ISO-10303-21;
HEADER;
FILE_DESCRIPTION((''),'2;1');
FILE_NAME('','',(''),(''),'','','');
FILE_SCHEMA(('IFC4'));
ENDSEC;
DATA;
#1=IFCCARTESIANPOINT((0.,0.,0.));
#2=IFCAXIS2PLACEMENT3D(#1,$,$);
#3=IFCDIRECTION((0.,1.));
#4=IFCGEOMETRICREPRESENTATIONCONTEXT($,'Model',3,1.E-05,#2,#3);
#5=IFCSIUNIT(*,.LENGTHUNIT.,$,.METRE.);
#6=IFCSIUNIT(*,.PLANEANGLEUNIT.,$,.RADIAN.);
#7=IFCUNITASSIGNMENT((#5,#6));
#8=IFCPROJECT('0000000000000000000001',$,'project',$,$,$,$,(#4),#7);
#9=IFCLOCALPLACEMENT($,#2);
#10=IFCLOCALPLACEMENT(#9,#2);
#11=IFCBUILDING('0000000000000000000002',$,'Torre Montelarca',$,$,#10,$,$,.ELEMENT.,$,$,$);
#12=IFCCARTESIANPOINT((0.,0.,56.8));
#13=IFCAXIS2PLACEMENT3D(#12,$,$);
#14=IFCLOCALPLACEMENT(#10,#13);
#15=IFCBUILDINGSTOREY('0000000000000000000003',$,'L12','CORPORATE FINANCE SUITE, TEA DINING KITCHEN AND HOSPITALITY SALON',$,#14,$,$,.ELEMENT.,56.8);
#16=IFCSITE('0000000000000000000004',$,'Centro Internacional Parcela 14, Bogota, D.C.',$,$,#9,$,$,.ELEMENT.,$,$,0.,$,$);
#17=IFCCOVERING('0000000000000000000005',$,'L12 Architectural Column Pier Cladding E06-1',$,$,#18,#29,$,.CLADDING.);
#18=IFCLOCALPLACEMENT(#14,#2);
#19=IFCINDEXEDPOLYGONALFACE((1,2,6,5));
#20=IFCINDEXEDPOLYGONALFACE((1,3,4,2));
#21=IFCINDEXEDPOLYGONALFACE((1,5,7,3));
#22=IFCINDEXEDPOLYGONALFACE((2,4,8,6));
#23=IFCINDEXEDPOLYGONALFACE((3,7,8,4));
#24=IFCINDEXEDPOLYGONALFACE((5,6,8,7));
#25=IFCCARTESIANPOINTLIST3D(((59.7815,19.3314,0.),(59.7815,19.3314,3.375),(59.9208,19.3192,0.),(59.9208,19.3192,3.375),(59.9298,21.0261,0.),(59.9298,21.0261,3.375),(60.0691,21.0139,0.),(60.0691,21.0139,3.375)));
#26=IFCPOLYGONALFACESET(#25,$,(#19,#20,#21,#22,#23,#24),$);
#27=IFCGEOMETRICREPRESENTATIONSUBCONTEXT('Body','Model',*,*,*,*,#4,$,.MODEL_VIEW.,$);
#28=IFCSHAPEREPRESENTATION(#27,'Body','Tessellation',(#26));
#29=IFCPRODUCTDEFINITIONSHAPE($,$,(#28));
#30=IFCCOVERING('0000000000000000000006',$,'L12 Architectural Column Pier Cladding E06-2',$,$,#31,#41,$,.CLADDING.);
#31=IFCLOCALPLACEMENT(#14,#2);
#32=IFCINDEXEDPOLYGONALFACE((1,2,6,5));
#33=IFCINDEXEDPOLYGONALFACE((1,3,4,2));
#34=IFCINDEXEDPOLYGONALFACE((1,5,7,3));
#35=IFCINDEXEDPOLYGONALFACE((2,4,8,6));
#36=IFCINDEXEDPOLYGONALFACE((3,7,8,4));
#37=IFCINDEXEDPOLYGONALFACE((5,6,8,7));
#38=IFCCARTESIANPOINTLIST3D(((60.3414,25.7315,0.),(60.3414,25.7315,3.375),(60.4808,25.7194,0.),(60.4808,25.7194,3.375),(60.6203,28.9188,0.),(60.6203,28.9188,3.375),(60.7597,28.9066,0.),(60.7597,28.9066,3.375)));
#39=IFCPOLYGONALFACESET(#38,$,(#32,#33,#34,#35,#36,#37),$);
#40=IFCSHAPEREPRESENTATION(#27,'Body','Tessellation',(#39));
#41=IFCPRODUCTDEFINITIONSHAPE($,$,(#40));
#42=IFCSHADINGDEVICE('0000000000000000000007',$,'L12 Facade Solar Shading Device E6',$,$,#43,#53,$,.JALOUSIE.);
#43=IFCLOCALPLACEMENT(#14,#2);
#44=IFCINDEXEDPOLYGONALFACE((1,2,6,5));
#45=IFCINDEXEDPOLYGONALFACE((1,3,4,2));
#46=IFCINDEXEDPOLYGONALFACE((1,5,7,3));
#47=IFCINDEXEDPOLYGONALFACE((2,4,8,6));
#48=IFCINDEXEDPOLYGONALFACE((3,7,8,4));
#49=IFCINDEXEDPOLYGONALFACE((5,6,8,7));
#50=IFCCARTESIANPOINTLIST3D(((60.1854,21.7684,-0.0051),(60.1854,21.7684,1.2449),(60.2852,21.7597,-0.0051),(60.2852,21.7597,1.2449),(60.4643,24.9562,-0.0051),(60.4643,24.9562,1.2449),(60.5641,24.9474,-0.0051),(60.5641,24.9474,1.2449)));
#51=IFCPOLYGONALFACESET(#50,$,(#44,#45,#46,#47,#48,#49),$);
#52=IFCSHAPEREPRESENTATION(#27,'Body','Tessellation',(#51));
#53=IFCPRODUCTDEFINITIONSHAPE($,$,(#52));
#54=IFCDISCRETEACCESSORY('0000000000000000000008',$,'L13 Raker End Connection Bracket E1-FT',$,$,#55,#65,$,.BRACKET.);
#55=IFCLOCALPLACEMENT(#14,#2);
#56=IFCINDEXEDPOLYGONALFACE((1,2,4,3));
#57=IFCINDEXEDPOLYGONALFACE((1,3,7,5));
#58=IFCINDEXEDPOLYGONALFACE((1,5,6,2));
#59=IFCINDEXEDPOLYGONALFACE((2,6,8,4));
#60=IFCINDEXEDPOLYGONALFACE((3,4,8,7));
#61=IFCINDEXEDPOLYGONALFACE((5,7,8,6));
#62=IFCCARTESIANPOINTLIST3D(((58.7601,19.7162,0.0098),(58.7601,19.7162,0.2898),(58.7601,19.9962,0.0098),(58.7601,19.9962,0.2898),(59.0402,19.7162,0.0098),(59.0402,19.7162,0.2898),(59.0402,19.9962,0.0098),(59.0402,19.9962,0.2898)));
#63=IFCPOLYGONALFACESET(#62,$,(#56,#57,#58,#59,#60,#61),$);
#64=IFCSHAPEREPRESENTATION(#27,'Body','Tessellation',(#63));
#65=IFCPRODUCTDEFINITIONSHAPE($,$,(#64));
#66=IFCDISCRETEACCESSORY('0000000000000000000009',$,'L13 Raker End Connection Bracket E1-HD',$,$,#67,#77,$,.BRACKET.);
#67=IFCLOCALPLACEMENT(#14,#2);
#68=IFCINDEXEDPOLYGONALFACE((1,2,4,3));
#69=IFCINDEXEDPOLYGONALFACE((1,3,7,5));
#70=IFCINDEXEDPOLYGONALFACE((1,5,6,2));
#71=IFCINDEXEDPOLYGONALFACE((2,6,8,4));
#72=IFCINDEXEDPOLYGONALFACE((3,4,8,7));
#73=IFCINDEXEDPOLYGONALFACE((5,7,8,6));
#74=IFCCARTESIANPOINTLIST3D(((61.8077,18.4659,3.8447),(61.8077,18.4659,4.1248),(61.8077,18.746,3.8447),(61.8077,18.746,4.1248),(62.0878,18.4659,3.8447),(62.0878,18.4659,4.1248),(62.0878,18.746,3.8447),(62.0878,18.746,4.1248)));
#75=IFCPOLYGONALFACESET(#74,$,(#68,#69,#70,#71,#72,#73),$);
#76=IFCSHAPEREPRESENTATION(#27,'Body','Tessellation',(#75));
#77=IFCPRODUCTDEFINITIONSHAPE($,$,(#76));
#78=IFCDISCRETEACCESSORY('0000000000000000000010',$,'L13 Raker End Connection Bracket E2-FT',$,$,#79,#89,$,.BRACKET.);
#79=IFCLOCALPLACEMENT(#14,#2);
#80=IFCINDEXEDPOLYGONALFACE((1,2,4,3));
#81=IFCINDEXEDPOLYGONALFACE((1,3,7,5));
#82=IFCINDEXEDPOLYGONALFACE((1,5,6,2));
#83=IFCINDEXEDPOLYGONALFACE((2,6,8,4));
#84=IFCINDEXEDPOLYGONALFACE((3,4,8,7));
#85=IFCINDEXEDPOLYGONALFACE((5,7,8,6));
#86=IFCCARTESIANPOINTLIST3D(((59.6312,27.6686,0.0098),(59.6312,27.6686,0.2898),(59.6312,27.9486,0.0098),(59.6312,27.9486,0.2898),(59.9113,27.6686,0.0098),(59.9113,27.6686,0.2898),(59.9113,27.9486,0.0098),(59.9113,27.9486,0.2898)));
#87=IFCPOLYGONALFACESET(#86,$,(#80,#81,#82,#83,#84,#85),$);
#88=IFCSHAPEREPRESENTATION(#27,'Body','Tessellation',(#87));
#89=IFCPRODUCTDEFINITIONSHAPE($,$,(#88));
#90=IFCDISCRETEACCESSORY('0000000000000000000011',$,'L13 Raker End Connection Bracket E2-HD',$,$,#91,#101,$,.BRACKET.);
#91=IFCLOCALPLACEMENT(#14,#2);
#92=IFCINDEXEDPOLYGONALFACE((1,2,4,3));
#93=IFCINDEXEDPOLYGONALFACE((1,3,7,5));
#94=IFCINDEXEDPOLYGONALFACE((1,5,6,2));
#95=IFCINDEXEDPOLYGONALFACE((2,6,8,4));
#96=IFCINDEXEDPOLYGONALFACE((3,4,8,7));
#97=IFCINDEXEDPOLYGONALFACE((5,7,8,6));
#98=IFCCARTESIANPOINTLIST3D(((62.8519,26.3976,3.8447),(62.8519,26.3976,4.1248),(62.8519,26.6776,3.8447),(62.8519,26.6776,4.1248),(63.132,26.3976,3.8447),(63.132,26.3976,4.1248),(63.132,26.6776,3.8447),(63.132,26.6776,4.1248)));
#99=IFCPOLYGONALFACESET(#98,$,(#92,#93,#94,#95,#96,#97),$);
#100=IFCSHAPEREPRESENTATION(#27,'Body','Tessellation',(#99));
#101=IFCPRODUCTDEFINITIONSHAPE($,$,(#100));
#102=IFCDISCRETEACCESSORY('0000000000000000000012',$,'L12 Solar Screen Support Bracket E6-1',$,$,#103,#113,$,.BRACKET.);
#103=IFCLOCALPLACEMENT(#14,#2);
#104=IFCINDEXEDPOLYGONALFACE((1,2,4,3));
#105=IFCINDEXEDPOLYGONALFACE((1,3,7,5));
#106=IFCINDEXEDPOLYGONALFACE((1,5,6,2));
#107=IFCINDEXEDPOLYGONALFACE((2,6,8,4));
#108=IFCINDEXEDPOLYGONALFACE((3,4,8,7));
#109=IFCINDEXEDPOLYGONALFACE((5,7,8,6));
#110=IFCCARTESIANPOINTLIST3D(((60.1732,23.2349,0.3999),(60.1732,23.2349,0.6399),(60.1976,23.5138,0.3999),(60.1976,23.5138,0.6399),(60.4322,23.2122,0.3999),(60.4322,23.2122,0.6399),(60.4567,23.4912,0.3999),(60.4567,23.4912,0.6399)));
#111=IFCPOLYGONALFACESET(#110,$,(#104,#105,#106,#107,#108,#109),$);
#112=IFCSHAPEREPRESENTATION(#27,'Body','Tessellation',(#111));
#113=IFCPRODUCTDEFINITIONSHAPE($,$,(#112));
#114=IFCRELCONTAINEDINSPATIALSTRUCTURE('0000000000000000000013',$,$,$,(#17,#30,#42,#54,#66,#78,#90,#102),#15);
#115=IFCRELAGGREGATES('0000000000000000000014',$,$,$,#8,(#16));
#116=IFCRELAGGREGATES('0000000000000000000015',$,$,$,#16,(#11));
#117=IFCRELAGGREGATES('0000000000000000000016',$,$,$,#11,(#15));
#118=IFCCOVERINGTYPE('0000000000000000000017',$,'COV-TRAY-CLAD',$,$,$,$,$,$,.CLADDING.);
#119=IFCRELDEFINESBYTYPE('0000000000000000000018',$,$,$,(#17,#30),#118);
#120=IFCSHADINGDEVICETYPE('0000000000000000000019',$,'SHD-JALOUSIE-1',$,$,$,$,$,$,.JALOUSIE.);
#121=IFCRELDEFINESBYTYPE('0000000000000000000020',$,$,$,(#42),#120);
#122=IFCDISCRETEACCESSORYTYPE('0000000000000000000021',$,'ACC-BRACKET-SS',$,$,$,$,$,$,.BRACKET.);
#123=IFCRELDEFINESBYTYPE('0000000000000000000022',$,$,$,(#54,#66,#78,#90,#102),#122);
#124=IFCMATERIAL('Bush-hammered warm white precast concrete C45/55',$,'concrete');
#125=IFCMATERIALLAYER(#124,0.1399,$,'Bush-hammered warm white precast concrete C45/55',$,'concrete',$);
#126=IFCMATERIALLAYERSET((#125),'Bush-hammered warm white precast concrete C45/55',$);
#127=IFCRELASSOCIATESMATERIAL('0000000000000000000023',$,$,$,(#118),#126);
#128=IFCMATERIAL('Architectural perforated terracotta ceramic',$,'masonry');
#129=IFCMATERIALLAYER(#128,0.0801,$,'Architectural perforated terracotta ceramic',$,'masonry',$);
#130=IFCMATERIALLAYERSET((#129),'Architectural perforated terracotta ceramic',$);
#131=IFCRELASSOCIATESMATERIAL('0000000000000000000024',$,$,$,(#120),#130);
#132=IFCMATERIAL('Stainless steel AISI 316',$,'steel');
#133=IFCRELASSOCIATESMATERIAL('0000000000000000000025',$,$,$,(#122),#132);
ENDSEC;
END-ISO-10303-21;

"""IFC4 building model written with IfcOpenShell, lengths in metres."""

from ifc_helpers import new_model, si_unit, direction, frame, origin, origin_2d, place, context, subcontext, project, spatial, rectangle, extrude, source, transform, mapped, material, layer, layer_set, type_object, element, save


model = new_model("IFC4")

# Units and contexts
model_context = context("Model", 3, precision=1e-05, world=origin(), true_north=direction((0.0, 1.0)))
body_context = subcontext(model_context, "Body", "Model", "MODEL_VIEW")
ifc_project = project(units=[si_unit("LENGTHUNIT", "METRE"), si_unit("PLANEANGLEUNIT", "RADIAN")], contexts=[model_context])

# Site, building, storey
site_placement = place(None, origin())
site = spatial("IfcSite", under=ifc_project, at=site_placement, Name="Centro Internacional Parcela 14, Bogota, D.C.", CompositionType="ELEMENT", RefElevation=0.0)
building_placement = place(site_placement, origin())
building = spatial("IfcBuilding", under=site, at=building_placement, Name="Torre Montelarca", CompositionType="ELEMENT")
storey_placement = place(building_placement, frame((0.0, 0.0, 56.8)))
storey = spatial("IfcBuildingStorey", under=building, at=storey_placement, Name="L12", Description="CORPORATE FINANCE SUITE, TEA DINING KITCHEN AND HOSPITALITY SALON", CompositionType="ELEMENT", Elevation=56.8)

# Shared definitions
ifc_material_1 = material(Name="Architectural perforated terracotta ceramic", Category="masonry")

# Coverings
ifc_material_2 = material(Name="Bush-hammered warm white precast concrete C45/55", Category="concrete")
ifc_layer_1 = layer(ifc_material_2, 0.1399, Name="Bush-hammered warm white precast concrete C45/55", Category="concrete")
ifc_layer_set_1 = layer_set([ifc_layer_1], Name="Bush-hammered warm white precast concrete C45/55")
covering_type = type_object("IfcCoveringType", Name="COV-TRAY-CLAD", PredefinedType="CLADDING", material=ifc_layer_set_1)
shared_shape_1 = source(origin(), body_context, "Body", "SweptSolid", [
    extrude(rectangle(XDim=1.7012, YDim=0.1399, at=origin_2d()), origin(), (0.0, 0.0, 1.0), 3.375),
])
covering_1_placement = place(storey_placement, frame((59.9253, 20.1726, 0.0), z_axis=(0.0, 0.0, 1.0), x_axis=(0.087161, 0.996194, 0.0)))
element("IfcCovering", 1, at=covering_1_placement, inside=storey, type_object=covering_type, Name="L12 Architectural Column Pier Cladding E06-1", PredefinedType="CLADDING", context=body_context, shape_type="MappedRepresentation", body=[
    mapped(shared_shape_1, transform((0.0, 0.0, 0.0), scale=1.0)),
])
shared_shape_2 = source(origin(), body_context, "Body", "SweptSolid", [
    extrude(rectangle(XDim=3.1995, YDim=0.1399, at=origin_2d()), origin(), (0.0, 0.0, 1.0), 3.375),
])
covering_2_placement = place(storey_placement, frame((60.5505, 27.3191, 0.0), z_axis=(0.0, 0.0, 1.0), x_axis=(0.087161, 0.996194, 0.0)))
element("IfcCovering", 2, at=covering_2_placement, inside=storey, type_object=covering_type, Name="L12 Architectural Column Pier Cladding E06-2", PredefinedType="CLADDING", context=body_context, shape_type="MappedRepresentation", body=[
    mapped(shared_shape_2, transform((0.0, 0.0, 0.0), scale=1.0)),
])

# Shading device
ifc_layer_2 = layer(ifc_material_1, 0.0801, Name="Architectural perforated terracotta ceramic", Category="masonry")
ifc_layer_set_2 = layer_set([ifc_layer_2], Name="Architectural perforated terracotta ceramic")
shading_device_type = type_object("IfcShadingDeviceType", Name="SHD-JALOUSIE-1", PredefinedType="JALOUSIE", material=ifc_layer_set_2)
shared_shape_3 = source(origin(), body_context, "Body", "SweptSolid", [
    extrude(rectangle(XDim=3.2, YDim=0.1001, at=origin_2d()), origin(), (0.0, 0.0, 1.0), 1.25),
])
shading_device_placement = place(storey_placement, frame((60.3748, 23.3579, -0.0051), z_axis=(0.0, 0.0, 1.0), x_axis=(0.087157, 0.996195, 0.0)))
element("IfcShadingDevice", 3, at=shading_device_placement, inside=storey, type_object=shading_device_type, Name="L12 Facade Solar Shading Device E6", PredefinedType="JALOUSIE", context=body_context, shape_type="MappedRepresentation", body=[
    mapped(shared_shape_3, transform((0.0, 0.0, 0.0), scale=1.0)),
])

# Discrete accessories
ifc_material_3 = material(Name="Stainless steel AISI 316", Category="steel")
discrete_accessory_type = type_object("IfcDiscreteAccessoryType", Name="ACC-BRACKET-SS", PredefinedType="BRACKET", material=ifc_material_3)
shared_shape_4 = source(origin(), body_context, "Body", "SweptSolid", [
    extrude(rectangle(XDim=0.28, YDim=0.28, at=origin_2d()), origin(), (0.0, 0.0, 1.0), 0.28),
])
for number, where, z_axis, x_axis, name in (
    (4, (58.9001, 19.8562, 0.0098), (0.0, 0.0, 1.0), (1.0, 0.0, 0.0), "L13 Raker End Connection Bracket E1-FT"),
    (5, (61.9478, 18.606, 3.8447), (0.0, 0.0, 1.0), (1.0, 0.0, 0.0), "L13 Raker End Connection Bracket E1-HD"),
    (6, (59.7712, 27.8086, 0.0098), (0.0, 0.0, 1.0), (1.0, 0.0, 0.0), "L13 Raker End Connection Bracket E2-FT"),
    (7, (62.9919, 26.5376, 3.8447), (0.0, 0.0, 1.0), (1.0, 0.0, 0.0), "L13 Raker End Connection Bracket E2-HD"),
):
    element("IfcDiscreteAccessory", number, at=place(storey_placement, frame(where, z_axis=z_axis, x_axis=x_axis)), inside=storey, type_object=discrete_accessory_type, Name=name, PredefinedType="BRACKET", context=body_context, shape_type="MappedRepresentation", body=[
        mapped(shared_shape_4, transform((0.0, 0.0, 0.0), scale=1.0)),
    ])
shared_shape_5 = source(origin(), body_context, "Body", "SweptSolid", [
    extrude(rectangle(XDim=0.28, YDim=0.26, at=origin_2d()), origin(), (0.0, 0.0, 1.0), 0.24),
])
discrete_accessory_placement = place(storey_placement, frame((60.3149, 23.363, 0.3999), z_axis=(0.0, 0.0, 1.0), x_axis=(0.087157, 0.996195, 0.0)))
element("IfcDiscreteAccessory", 8, at=discrete_accessory_placement, inside=storey, type_object=discrete_accessory_type, Name="L12 Solar Screen Support Bracket E6-1", PredefinedType="BRACKET", context=body_context, shape_type="MappedRepresentation", body=[
    mapped(shared_shape_5, transform((0.0, 0.0, 0.0), scale=1.0)),
])

save(model, "model.ifc")
